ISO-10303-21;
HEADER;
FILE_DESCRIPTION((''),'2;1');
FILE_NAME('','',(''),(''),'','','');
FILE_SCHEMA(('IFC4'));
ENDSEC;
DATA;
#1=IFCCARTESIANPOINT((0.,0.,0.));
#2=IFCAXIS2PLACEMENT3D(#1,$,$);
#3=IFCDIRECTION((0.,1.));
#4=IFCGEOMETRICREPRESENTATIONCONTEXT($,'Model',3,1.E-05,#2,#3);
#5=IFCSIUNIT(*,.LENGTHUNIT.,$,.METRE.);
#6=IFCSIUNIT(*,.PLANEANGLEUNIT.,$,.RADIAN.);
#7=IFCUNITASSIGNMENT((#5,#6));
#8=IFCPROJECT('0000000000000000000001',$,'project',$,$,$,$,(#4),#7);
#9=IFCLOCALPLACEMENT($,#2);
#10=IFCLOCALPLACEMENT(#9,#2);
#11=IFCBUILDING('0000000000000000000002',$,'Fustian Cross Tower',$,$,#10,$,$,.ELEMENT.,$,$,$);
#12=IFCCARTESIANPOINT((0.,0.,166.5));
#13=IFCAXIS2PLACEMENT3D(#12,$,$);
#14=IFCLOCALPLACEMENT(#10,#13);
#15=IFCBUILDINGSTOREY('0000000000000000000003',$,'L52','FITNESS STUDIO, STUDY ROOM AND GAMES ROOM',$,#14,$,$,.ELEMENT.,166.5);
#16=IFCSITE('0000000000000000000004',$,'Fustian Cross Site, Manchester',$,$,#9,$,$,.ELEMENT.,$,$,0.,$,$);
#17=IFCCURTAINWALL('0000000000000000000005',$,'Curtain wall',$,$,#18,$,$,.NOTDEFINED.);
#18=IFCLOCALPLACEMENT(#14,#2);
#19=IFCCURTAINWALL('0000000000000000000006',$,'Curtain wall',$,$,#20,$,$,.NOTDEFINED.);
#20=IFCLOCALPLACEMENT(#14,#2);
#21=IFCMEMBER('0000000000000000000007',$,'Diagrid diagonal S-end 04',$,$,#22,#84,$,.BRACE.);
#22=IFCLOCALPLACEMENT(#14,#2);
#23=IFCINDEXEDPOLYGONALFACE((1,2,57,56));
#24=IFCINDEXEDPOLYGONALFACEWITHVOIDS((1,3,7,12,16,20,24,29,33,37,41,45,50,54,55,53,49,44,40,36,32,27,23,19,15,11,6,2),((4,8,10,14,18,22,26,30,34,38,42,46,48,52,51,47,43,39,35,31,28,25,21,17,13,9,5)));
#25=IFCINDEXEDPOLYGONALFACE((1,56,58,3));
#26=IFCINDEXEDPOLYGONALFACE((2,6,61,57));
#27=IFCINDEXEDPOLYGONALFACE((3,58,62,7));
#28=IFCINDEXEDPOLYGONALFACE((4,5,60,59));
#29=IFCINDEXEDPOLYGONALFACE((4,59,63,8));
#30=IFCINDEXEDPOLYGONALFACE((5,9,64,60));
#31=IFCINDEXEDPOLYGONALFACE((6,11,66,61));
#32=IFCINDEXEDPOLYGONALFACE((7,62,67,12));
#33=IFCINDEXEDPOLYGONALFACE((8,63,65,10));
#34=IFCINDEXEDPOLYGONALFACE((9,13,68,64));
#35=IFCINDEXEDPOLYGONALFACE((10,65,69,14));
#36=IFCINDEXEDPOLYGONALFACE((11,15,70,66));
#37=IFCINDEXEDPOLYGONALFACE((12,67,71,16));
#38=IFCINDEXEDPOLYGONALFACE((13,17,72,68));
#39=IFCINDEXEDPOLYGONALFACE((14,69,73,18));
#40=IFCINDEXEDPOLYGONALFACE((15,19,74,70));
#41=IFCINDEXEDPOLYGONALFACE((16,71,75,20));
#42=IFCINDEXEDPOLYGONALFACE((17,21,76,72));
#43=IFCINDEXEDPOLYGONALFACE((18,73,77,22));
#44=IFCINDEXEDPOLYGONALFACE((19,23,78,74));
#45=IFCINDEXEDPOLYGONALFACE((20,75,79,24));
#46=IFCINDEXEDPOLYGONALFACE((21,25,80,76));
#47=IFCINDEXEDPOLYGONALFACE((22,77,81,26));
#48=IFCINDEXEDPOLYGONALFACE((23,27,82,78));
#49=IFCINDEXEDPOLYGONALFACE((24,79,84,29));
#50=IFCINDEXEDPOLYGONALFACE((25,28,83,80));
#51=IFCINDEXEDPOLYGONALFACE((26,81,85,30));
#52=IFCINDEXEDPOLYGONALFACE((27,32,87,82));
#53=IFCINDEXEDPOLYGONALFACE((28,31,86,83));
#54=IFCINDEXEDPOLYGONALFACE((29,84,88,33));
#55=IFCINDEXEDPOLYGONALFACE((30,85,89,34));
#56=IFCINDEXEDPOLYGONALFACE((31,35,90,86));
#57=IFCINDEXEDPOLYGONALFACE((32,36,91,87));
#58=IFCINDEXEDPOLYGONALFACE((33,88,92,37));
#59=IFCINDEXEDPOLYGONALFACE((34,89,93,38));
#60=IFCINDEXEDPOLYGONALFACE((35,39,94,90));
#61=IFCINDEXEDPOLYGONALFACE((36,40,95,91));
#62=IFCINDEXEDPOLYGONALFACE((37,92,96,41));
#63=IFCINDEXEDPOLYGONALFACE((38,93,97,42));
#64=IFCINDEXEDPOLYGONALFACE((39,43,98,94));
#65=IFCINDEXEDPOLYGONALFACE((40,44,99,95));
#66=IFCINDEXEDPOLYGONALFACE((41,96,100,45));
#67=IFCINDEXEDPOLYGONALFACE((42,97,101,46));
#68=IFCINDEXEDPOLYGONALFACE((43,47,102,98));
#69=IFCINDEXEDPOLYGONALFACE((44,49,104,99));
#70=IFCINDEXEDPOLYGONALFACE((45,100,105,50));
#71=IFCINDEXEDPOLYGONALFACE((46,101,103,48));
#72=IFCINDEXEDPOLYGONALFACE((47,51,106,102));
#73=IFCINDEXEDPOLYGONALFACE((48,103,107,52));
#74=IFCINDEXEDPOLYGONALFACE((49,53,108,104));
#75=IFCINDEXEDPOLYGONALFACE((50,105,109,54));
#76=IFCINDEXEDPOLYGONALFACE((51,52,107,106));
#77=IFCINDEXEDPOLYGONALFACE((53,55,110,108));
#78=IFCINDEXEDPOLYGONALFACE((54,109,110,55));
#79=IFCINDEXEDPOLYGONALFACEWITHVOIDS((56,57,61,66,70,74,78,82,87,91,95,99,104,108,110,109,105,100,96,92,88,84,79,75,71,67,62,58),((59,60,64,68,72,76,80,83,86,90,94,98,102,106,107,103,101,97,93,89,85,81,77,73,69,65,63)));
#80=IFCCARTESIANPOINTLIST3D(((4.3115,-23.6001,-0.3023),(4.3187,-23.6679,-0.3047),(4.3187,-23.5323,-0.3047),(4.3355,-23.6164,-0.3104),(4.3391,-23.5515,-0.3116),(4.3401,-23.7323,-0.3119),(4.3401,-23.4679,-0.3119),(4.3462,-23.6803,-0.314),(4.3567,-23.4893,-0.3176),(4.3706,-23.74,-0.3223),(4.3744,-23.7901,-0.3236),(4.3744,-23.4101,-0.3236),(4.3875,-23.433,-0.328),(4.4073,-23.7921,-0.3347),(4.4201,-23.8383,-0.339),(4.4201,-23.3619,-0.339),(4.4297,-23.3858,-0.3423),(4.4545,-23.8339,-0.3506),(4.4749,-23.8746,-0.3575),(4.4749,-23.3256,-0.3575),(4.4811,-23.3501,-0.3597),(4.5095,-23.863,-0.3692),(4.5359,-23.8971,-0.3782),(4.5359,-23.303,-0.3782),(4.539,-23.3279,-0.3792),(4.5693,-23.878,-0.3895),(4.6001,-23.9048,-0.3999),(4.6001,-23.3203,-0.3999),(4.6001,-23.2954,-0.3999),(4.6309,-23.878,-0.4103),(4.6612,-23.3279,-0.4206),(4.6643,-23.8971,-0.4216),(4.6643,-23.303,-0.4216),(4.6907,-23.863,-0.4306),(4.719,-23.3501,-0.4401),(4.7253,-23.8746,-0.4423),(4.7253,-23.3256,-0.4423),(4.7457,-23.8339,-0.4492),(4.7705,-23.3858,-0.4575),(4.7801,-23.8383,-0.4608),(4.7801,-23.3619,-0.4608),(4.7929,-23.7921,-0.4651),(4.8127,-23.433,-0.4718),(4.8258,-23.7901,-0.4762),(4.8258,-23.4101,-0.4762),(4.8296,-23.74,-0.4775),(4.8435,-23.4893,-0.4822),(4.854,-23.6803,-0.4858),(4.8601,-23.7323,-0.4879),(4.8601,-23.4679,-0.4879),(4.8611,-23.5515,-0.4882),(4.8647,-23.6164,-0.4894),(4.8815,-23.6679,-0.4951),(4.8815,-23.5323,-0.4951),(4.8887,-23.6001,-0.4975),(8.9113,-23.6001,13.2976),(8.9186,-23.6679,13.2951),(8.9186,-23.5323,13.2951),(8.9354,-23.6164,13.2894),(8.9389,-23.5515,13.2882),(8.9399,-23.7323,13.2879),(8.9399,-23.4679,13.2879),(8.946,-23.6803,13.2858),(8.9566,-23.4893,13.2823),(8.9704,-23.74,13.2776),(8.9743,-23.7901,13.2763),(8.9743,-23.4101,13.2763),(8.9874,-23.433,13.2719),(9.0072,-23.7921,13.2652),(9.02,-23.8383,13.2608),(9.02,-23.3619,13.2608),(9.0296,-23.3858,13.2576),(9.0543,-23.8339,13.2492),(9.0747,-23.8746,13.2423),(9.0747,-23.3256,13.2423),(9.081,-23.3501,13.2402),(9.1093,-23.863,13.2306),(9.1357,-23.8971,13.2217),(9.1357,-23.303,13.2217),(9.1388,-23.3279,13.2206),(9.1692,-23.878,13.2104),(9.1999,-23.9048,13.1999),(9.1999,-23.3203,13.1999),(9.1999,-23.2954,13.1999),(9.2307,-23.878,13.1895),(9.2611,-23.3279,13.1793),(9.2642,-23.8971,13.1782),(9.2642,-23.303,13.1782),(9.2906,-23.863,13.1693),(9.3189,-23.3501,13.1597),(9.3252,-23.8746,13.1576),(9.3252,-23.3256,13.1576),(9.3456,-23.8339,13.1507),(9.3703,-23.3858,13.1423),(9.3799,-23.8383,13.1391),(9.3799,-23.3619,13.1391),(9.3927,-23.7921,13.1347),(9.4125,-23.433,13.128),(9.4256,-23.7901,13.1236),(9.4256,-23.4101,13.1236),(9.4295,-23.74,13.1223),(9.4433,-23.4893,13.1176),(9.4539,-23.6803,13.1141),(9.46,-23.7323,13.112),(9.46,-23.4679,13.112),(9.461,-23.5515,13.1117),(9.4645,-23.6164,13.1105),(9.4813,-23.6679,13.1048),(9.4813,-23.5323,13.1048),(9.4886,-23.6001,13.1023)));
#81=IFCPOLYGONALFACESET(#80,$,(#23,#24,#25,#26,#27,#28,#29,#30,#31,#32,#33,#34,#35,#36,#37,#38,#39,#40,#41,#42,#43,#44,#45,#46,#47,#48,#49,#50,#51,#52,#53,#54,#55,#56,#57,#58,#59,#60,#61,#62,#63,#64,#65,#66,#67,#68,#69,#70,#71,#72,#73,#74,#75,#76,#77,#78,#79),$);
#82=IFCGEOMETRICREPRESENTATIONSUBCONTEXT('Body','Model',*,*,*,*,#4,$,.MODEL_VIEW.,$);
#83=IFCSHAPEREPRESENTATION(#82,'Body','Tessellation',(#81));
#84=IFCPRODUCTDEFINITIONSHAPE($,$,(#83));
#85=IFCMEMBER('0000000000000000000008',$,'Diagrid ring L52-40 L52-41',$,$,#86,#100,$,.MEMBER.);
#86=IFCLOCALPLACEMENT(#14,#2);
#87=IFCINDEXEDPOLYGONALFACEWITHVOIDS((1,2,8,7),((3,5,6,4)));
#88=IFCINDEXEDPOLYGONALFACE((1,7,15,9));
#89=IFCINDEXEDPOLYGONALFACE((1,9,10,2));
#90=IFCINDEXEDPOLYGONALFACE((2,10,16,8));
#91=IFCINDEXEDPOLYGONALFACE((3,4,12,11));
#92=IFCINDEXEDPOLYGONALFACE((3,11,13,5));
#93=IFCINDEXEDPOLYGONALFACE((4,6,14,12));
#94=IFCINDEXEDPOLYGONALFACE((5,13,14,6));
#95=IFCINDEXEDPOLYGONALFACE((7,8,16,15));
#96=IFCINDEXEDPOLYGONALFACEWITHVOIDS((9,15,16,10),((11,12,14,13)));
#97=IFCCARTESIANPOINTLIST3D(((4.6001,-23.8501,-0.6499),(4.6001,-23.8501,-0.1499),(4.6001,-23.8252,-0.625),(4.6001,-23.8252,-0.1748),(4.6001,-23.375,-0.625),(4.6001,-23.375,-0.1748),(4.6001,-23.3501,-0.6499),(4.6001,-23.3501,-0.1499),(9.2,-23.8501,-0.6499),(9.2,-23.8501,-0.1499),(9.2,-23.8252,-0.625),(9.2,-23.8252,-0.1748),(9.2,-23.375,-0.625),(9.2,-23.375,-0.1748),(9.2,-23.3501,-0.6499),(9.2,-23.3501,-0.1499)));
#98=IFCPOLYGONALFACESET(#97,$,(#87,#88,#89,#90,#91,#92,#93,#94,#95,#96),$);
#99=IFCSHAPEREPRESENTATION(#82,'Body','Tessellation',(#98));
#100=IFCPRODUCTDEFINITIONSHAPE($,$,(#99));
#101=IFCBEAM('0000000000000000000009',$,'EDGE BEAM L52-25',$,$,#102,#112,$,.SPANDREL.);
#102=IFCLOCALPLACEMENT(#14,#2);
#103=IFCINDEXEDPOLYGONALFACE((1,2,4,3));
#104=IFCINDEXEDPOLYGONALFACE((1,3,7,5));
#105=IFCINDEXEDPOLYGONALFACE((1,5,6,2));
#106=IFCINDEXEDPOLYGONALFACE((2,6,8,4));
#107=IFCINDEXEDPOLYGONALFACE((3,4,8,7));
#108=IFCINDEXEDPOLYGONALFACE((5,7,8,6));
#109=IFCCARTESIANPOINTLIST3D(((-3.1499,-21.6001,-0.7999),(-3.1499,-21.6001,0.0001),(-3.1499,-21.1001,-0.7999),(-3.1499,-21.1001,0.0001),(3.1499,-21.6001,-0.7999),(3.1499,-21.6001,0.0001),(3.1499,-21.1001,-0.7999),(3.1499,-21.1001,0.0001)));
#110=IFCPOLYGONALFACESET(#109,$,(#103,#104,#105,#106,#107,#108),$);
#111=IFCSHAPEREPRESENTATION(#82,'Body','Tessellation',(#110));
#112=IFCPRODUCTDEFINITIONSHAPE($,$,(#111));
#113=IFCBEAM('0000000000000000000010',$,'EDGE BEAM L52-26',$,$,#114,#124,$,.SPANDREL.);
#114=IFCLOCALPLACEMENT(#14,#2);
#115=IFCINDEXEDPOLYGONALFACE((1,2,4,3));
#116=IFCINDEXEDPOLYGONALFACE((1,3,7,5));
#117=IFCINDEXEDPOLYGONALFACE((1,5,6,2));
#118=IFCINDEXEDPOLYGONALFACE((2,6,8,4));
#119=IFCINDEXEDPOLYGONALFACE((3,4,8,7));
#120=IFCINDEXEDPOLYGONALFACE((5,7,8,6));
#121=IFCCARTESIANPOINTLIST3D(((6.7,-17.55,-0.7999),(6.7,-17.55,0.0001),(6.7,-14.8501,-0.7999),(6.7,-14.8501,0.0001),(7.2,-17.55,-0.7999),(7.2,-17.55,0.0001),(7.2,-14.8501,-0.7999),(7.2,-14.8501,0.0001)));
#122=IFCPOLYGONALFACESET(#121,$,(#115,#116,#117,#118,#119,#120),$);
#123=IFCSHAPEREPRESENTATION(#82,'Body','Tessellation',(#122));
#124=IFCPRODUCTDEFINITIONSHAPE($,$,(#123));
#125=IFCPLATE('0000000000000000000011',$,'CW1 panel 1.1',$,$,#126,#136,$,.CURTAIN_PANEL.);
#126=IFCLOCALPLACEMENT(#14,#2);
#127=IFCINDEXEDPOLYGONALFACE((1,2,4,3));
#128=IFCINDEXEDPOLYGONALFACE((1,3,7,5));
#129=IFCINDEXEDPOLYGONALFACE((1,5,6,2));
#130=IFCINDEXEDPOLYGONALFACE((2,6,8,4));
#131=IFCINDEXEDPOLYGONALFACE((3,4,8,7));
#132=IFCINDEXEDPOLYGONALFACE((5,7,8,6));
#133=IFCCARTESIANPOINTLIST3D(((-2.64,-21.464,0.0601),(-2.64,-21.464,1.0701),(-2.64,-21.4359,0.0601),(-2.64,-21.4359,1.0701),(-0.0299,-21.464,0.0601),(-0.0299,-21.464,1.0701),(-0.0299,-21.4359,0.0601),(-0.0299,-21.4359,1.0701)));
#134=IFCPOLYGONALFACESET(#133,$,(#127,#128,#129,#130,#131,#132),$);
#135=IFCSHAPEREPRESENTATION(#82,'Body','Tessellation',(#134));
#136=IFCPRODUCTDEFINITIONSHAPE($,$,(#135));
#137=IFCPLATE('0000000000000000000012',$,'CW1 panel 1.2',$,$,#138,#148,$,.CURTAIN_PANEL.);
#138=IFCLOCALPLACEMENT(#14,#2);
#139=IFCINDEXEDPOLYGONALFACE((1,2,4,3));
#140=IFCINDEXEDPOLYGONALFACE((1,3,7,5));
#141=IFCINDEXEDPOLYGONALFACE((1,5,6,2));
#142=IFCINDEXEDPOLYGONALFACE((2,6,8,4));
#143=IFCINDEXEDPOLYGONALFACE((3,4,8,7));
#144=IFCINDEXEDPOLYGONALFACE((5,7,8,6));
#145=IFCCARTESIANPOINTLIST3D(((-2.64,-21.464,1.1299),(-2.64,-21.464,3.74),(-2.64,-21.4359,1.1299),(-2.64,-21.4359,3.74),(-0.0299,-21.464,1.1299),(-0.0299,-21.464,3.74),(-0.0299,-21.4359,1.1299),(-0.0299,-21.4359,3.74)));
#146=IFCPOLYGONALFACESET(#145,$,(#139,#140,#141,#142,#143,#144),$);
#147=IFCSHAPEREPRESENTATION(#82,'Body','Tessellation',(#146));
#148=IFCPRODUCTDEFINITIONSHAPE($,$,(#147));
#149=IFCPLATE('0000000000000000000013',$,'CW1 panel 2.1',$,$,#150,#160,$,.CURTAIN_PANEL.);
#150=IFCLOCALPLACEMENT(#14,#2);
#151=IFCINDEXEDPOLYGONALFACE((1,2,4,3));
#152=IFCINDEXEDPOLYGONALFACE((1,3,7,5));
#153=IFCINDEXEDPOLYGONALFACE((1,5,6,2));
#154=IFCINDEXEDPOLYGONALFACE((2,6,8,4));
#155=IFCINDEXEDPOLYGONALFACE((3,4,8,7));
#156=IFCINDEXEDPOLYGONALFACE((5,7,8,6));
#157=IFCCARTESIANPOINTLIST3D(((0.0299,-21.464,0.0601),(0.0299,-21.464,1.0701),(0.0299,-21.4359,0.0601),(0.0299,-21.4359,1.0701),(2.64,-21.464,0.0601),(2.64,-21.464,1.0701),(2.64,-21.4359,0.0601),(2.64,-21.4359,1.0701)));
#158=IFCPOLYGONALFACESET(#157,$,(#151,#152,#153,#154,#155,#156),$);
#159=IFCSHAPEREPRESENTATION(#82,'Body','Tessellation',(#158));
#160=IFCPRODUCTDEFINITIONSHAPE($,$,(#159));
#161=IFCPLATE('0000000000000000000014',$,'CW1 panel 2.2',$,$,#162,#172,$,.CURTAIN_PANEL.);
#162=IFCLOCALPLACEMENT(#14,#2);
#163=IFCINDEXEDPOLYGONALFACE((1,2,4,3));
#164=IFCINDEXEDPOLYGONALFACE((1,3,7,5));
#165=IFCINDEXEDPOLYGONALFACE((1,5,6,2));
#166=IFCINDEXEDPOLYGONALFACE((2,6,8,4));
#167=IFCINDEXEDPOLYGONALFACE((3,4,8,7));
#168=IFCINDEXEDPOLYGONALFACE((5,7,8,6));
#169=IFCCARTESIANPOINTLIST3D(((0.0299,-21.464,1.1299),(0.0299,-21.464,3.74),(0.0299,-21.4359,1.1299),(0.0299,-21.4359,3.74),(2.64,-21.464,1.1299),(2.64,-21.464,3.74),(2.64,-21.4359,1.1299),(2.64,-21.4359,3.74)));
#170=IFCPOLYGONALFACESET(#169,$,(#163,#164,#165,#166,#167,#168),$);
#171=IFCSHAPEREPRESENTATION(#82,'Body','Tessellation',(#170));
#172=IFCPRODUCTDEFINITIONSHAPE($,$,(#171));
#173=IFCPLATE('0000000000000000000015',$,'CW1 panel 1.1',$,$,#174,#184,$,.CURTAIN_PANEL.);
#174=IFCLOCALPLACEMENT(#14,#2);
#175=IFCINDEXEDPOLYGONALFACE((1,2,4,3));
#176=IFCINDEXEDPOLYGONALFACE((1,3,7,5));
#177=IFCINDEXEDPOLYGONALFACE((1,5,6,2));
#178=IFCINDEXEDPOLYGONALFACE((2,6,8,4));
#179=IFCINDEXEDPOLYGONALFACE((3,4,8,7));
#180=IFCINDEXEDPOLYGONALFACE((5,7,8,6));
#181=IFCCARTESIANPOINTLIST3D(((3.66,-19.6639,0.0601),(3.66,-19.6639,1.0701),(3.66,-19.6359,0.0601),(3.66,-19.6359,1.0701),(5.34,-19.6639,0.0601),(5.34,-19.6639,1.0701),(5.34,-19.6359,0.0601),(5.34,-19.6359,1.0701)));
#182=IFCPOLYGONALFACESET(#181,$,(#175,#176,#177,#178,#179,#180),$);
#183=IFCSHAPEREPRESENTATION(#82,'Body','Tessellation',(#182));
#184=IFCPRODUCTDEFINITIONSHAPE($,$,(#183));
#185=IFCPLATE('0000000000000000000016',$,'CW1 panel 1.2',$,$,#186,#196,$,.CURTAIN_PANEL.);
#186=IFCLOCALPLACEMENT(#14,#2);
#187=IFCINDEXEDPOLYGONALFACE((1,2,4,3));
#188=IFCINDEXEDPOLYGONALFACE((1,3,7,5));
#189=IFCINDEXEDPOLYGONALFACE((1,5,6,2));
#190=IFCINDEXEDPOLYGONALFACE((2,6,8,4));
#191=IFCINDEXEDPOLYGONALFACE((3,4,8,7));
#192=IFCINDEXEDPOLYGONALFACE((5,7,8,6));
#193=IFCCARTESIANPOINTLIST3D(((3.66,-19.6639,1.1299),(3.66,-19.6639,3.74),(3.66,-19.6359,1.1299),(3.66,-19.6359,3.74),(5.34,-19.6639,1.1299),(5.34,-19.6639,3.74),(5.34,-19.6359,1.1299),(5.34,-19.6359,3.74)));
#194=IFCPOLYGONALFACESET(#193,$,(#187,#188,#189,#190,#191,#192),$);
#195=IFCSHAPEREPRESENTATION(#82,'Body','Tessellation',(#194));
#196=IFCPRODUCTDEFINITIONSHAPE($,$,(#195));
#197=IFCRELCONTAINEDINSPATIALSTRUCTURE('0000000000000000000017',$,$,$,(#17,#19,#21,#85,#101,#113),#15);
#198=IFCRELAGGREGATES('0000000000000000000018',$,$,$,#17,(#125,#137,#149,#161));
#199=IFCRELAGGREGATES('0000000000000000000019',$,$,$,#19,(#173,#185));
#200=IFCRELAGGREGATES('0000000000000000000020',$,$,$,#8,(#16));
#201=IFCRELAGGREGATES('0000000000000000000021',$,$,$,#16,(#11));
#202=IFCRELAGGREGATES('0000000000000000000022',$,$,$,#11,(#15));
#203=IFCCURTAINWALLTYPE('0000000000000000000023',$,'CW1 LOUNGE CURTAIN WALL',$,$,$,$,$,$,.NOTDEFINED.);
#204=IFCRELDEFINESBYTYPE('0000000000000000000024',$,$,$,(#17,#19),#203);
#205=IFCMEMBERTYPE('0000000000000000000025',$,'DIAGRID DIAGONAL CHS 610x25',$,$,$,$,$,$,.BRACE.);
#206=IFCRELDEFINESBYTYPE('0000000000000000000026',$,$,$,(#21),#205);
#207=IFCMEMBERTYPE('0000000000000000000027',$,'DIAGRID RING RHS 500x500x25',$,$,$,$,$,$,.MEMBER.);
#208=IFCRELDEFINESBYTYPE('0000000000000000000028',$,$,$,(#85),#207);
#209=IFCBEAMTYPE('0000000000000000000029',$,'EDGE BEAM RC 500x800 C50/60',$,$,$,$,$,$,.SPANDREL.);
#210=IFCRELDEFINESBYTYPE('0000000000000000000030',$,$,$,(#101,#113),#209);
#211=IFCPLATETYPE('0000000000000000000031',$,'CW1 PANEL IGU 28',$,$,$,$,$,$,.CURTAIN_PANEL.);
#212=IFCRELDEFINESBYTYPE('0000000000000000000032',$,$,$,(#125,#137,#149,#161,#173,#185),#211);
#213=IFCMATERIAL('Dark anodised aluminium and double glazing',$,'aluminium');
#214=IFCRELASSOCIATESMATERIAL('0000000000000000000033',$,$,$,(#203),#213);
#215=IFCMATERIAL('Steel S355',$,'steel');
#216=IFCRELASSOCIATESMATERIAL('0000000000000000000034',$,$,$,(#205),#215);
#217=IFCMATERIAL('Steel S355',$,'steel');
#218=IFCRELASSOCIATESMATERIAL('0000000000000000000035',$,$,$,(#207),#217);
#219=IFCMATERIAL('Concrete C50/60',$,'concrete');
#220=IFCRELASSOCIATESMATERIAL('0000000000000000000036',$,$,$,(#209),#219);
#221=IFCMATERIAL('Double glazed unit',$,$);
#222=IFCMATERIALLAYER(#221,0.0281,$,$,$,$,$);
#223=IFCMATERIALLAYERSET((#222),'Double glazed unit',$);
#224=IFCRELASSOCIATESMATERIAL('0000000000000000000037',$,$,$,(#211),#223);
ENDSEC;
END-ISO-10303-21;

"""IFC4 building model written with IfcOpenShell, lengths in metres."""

from ifc_helpers import new_model, si_unit, direction, frame, origin, origin_2d, place, context, subcontext, project, spatial, rectangle, hollow_rectangle, hollow_circle, extrude, material, layer, layer_set, material_profile, profile_set, type_object, element, aggregate, save


model = new_model("IFC4")

# Units and contexts
model_context = context("Model", 3, precision=1e-05, world=origin(), true_north=direction((0.0, 1.0)))
body_context = subcontext(model_context, "Body", "Model", "MODEL_VIEW")
ifc_project = project(units=[si_unit("LENGTHUNIT", "METRE"), si_unit("PLANEANGLEUNIT", "RADIAN")], contexts=[model_context])

# Site, building, storey
site_placement = place(None, origin())
site = spatial("IfcSite", under=ifc_project, at=site_placement, Name="Fustian Cross Site, Manchester", CompositionType="ELEMENT", RefElevation=0.0)
building_placement = place(site_placement, origin())
building = spatial("IfcBuilding", under=site, at=building_placement, Name="Fustian Cross Tower", CompositionType="ELEMENT")
storey_placement = place(building_placement, frame((0.0, 0.0, 166.5)))
storey = spatial("IfcBuildingStorey", under=building, at=storey_placement, Name="L52", Description="FITNESS STUDIO, STUDY ROOM AND GAMES ROOM", CompositionType="ELEMENT", Elevation=166.5)

# Shared definitions
ifc_material_1 = material(Name="Dark anodised aluminium and double glazing", Category="aluminium")
curtain_wall_type = type_object("IfcCurtainWallType", Name="CW1 LOUNGE CURTAIN WALL", PredefinedType="NOTDEFINED", material=ifc_material_1)

# Curtain walls
curtain_wall_1_placement = place(storey_placement, origin())
curtain_wall_1 = element("IfcCurtainWall", 1, at=curtain_wall_1_placement, inside=storey, type_object=curtain_wall_type, Name="Curtain wall", PredefinedType="NOTDEFINED")
curtain_wall_2_placement = place(storey_placement, origin())
curtain_wall_2 = element("IfcCurtainWall", 2, at=curtain_wall_2_placement, inside=storey, type_object=curtain_wall_type, Name="Curtain wall", PredefinedType="NOTDEFINED")

# Members
ifc_material_2 = material(Name="Steel S355", Category="steel")
ifc_material_profile_1 = material_profile(ifc_material_2, hollow_circle(Radius=0.3047, WallThickness=0.0249, at=origin_2d()), Name="CHS 610x25")
ifc_profile_set_1 = profile_set([ifc_material_profile_1], Name="Steel S355")
member_type_1 = type_object("IfcMemberType", Name="DIAGRID DIAGONAL CHS 610x25", PredefinedType="BRACE", material=ifc_profile_set_1)
member_1_placement = place(storey_placement, frame((4.6001, -23.6001, -0.3999), z_axis=(0.320398, 0.0, 0.947283), x_axis=(0.0, 1.0, 0.0)))
element("IfcMember", 3, at=member_1_placement, inside=storey, type_object=member_type_1, Name="Diagrid diagonal S-end 04", PredefinedType="BRACE", context=body_context, shape_type="SweptSolid", body=[
    extrude(hollow_circle(Radius=0.3047, WallThickness=0.0249, at=origin_2d()), origin(), (0.0, 0.0, 1.0), 14.3567),
])
ifc_material_3 = material(Name="Steel S355", Category="steel")
ifc_material_profile_2 = material_profile(ifc_material_3, hollow_rectangle(XDim=0.5, YDim=0.5, WallThickness=0.0249, at=origin_2d()), Name="RHS 500x500x25")
ifc_profile_set_2 = profile_set([ifc_material_profile_2], Name="Steel S355")
member_type_2 = type_object("IfcMemberType", Name="DIAGRID RING RHS 500x500x25", PredefinedType="MEMBER", material=ifc_profile_set_2)
member_2_placement = place(storey_placement, frame((4.6001, -23.6001, -0.3999), z_axis=(1.0, 0.0, 0.0), x_axis=(0.0, 1.0, 0.0)))
element("IfcMember", 4, at=member_2_placement, inside=storey, type_object=member_type_2, Name="Diagrid ring L52-40 L52-41", PredefinedType="MEMBER", context=body_context, shape_type="SweptSolid", body=[
    extrude(hollow_rectangle(XDim=0.5, YDim=0.5, WallThickness=0.0249, at=origin_2d()), origin(), (0.0, 0.0, 1.0), 4.5999),
])

# Beams
ifc_material_4 = material(Name="Concrete C50/60", Category="concrete")
ifc_material_profile_3 = material_profile(ifc_material_4, rectangle(XDim=0.5, YDim=0.8, at=origin_2d()), Name="RC 500x800")
ifc_profile_set_3 = profile_set([ifc_material_profile_3], Name="Concrete C50/60")
beam_type = type_object("IfcBeamType", Name="EDGE BEAM RC 500x800 C50/60", PredefinedType="SPANDREL", material=ifc_profile_set_3)
beam_1_placement = place(storey_placement, frame((-3.1499, -21.3501, -0.3999), z_axis=(1.0, 0.0, 0.0), x_axis=(0.0, 1.0, 0.0)))
element("IfcBeam", 5, at=beam_1_placement, inside=storey, type_object=beam_type, Name="EDGE BEAM L52-25", PredefinedType="SPANDREL", context=body_context, shape_type="SweptSolid", body=[
    extrude(rectangle(XDim=0.5, YDim=0.8, at=origin_2d()), origin(), (0.0, 0.0, 1.0), 6.2998),
])
beam_2_placement = place(storey_placement, frame((6.95, -17.55, -0.3999), z_axis=(0.0, 1.0, 0.0), x_axis=(-1.0, 0.0, 0.0)))
element("IfcBeam", 6, at=beam_2_placement, inside=storey, type_object=beam_type, Name="EDGE BEAM L52-26", PredefinedType="SPANDREL", context=body_context, shape_type="SweptSolid", body=[
    extrude(rectangle(XDim=0.5, YDim=0.8, at=origin_2d()), origin(), (0.0, 0.0, 1.0), 2.7),
])

# Plates
ifc_material_5 = material(Name="Double glazed unit")
ifc_layer_1 = layer(ifc_material_5, 0.0281)
ifc_layer_set_1 = layer_set([ifc_layer_1], Name="Double glazed unit")
plate_type = type_object("IfcPlateType", Name="CW1 PANEL IGU 28", PredefinedType="CURTAIN_PANEL", material=ifc_layer_set_1)
plate_1_placement = place(storey_placement, frame((-1.335, -21.45, 0.0601), z_axis=(0.0, 0.0, 1.0), x_axis=(1.0, 0.0, 0.0)))
plate_1 = element("IfcPlate", 7, at=plate_1_placement, type_object=plate_type, Name="CW1 panel 1.1", PredefinedType="CURTAIN_PANEL", context=body_context, shape_type="SweptSolid", body=[
    extrude(rectangle(XDim=2.6101, YDim=0.0281, at=origin_2d()), origin(), (0.0, 0.0, 1.0), 1.01),
])
plate_2_placement = place(storey_placement, frame((-1.335, -21.45, 1.1299), z_axis=(0.0, 0.0, 1.0), x_axis=(1.0, 0.0, 0.0)))
plate_2 = element("IfcPlate", 8, at=plate_2_placement, type_object=plate_type, Name="CW1 panel 1.2", PredefinedType="CURTAIN_PANEL", context=body_context, shape_type="SweptSolid", body=[
    extrude(rectangle(XDim=2.6101, YDim=0.0281, at=origin_2d()), origin(), (0.0, 0.0, 1.0), 2.6101),
])
plate_3_placement = place(storey_placement, frame((1.335, -21.45, 0.0601), z_axis=(0.0, 0.0, 1.0), x_axis=(1.0, 0.0, 0.0)))
plate_3 = element("IfcPlate", 9, at=plate_3_placement, type_object=plate_type, Name="CW1 panel 2.1", PredefinedType="CURTAIN_PANEL", context=body_context, shape_type="SweptSolid", body=[
    extrude(rectangle(XDim=2.6101, YDim=0.0281, at=origin_2d()), origin(), (0.0, 0.0, 1.0), 1.01),
])
plate_4_placement = place(storey_placement, frame((1.335, -21.45, 1.1299), z_axis=(0.0, 0.0, 1.0), x_axis=(1.0, 0.0, 0.0)))
plate_4 = element("IfcPlate", 10, at=plate_4_placement, type_object=plate_type, Name="CW1 panel 2.2", PredefinedType="CURTAIN_PANEL", context=body_context, shape_type="SweptSolid", body=[
    extrude(rectangle(XDim=2.6101, YDim=0.0281, at=origin_2d()), origin(), (0.0, 0.0, 1.0), 2.6101),
])
aggregate(curtain_wall_1, [plate_1, plate_2, plate_3, plate_4])
plate_5_placement = place(storey_placement, frame((4.5, -19.6499, 0.0601), z_axis=(0.0, 0.0, 1.0), x_axis=(1.0, 0.0, 0.0)))
plate_5 = element("IfcPlate", 11, at=plate_5_placement, type_object=plate_type, Name="CW1 panel 1.1", PredefinedType="CURTAIN_PANEL", context=body_context, shape_type="SweptSolid", body=[
    extrude(rectangle(XDim=1.6799, YDim=0.0281, at=origin_2d()), origin(), (0.0, 0.0, 1.0), 1.01),
])
plate_6_placement = place(storey_placement, frame((4.5, -19.6499, 1.1299), z_axis=(0.0, 0.0, 1.0), x_axis=(1.0, 0.0, 0.0)))
plate_6 = element("IfcPlate", 12, at=plate_6_placement, type_object=plate_type, Name="CW1 panel 1.2", PredefinedType="CURTAIN_PANEL", context=body_context, shape_type="SweptSolid", body=[
    extrude(rectangle(XDim=1.6799, YDim=0.0281, at=origin_2d()), origin(), (0.0, 0.0, 1.0), 2.6101),
])
aggregate(curtain_wall_2, [plate_5, plate_6])

save(model, "model.ifc")
